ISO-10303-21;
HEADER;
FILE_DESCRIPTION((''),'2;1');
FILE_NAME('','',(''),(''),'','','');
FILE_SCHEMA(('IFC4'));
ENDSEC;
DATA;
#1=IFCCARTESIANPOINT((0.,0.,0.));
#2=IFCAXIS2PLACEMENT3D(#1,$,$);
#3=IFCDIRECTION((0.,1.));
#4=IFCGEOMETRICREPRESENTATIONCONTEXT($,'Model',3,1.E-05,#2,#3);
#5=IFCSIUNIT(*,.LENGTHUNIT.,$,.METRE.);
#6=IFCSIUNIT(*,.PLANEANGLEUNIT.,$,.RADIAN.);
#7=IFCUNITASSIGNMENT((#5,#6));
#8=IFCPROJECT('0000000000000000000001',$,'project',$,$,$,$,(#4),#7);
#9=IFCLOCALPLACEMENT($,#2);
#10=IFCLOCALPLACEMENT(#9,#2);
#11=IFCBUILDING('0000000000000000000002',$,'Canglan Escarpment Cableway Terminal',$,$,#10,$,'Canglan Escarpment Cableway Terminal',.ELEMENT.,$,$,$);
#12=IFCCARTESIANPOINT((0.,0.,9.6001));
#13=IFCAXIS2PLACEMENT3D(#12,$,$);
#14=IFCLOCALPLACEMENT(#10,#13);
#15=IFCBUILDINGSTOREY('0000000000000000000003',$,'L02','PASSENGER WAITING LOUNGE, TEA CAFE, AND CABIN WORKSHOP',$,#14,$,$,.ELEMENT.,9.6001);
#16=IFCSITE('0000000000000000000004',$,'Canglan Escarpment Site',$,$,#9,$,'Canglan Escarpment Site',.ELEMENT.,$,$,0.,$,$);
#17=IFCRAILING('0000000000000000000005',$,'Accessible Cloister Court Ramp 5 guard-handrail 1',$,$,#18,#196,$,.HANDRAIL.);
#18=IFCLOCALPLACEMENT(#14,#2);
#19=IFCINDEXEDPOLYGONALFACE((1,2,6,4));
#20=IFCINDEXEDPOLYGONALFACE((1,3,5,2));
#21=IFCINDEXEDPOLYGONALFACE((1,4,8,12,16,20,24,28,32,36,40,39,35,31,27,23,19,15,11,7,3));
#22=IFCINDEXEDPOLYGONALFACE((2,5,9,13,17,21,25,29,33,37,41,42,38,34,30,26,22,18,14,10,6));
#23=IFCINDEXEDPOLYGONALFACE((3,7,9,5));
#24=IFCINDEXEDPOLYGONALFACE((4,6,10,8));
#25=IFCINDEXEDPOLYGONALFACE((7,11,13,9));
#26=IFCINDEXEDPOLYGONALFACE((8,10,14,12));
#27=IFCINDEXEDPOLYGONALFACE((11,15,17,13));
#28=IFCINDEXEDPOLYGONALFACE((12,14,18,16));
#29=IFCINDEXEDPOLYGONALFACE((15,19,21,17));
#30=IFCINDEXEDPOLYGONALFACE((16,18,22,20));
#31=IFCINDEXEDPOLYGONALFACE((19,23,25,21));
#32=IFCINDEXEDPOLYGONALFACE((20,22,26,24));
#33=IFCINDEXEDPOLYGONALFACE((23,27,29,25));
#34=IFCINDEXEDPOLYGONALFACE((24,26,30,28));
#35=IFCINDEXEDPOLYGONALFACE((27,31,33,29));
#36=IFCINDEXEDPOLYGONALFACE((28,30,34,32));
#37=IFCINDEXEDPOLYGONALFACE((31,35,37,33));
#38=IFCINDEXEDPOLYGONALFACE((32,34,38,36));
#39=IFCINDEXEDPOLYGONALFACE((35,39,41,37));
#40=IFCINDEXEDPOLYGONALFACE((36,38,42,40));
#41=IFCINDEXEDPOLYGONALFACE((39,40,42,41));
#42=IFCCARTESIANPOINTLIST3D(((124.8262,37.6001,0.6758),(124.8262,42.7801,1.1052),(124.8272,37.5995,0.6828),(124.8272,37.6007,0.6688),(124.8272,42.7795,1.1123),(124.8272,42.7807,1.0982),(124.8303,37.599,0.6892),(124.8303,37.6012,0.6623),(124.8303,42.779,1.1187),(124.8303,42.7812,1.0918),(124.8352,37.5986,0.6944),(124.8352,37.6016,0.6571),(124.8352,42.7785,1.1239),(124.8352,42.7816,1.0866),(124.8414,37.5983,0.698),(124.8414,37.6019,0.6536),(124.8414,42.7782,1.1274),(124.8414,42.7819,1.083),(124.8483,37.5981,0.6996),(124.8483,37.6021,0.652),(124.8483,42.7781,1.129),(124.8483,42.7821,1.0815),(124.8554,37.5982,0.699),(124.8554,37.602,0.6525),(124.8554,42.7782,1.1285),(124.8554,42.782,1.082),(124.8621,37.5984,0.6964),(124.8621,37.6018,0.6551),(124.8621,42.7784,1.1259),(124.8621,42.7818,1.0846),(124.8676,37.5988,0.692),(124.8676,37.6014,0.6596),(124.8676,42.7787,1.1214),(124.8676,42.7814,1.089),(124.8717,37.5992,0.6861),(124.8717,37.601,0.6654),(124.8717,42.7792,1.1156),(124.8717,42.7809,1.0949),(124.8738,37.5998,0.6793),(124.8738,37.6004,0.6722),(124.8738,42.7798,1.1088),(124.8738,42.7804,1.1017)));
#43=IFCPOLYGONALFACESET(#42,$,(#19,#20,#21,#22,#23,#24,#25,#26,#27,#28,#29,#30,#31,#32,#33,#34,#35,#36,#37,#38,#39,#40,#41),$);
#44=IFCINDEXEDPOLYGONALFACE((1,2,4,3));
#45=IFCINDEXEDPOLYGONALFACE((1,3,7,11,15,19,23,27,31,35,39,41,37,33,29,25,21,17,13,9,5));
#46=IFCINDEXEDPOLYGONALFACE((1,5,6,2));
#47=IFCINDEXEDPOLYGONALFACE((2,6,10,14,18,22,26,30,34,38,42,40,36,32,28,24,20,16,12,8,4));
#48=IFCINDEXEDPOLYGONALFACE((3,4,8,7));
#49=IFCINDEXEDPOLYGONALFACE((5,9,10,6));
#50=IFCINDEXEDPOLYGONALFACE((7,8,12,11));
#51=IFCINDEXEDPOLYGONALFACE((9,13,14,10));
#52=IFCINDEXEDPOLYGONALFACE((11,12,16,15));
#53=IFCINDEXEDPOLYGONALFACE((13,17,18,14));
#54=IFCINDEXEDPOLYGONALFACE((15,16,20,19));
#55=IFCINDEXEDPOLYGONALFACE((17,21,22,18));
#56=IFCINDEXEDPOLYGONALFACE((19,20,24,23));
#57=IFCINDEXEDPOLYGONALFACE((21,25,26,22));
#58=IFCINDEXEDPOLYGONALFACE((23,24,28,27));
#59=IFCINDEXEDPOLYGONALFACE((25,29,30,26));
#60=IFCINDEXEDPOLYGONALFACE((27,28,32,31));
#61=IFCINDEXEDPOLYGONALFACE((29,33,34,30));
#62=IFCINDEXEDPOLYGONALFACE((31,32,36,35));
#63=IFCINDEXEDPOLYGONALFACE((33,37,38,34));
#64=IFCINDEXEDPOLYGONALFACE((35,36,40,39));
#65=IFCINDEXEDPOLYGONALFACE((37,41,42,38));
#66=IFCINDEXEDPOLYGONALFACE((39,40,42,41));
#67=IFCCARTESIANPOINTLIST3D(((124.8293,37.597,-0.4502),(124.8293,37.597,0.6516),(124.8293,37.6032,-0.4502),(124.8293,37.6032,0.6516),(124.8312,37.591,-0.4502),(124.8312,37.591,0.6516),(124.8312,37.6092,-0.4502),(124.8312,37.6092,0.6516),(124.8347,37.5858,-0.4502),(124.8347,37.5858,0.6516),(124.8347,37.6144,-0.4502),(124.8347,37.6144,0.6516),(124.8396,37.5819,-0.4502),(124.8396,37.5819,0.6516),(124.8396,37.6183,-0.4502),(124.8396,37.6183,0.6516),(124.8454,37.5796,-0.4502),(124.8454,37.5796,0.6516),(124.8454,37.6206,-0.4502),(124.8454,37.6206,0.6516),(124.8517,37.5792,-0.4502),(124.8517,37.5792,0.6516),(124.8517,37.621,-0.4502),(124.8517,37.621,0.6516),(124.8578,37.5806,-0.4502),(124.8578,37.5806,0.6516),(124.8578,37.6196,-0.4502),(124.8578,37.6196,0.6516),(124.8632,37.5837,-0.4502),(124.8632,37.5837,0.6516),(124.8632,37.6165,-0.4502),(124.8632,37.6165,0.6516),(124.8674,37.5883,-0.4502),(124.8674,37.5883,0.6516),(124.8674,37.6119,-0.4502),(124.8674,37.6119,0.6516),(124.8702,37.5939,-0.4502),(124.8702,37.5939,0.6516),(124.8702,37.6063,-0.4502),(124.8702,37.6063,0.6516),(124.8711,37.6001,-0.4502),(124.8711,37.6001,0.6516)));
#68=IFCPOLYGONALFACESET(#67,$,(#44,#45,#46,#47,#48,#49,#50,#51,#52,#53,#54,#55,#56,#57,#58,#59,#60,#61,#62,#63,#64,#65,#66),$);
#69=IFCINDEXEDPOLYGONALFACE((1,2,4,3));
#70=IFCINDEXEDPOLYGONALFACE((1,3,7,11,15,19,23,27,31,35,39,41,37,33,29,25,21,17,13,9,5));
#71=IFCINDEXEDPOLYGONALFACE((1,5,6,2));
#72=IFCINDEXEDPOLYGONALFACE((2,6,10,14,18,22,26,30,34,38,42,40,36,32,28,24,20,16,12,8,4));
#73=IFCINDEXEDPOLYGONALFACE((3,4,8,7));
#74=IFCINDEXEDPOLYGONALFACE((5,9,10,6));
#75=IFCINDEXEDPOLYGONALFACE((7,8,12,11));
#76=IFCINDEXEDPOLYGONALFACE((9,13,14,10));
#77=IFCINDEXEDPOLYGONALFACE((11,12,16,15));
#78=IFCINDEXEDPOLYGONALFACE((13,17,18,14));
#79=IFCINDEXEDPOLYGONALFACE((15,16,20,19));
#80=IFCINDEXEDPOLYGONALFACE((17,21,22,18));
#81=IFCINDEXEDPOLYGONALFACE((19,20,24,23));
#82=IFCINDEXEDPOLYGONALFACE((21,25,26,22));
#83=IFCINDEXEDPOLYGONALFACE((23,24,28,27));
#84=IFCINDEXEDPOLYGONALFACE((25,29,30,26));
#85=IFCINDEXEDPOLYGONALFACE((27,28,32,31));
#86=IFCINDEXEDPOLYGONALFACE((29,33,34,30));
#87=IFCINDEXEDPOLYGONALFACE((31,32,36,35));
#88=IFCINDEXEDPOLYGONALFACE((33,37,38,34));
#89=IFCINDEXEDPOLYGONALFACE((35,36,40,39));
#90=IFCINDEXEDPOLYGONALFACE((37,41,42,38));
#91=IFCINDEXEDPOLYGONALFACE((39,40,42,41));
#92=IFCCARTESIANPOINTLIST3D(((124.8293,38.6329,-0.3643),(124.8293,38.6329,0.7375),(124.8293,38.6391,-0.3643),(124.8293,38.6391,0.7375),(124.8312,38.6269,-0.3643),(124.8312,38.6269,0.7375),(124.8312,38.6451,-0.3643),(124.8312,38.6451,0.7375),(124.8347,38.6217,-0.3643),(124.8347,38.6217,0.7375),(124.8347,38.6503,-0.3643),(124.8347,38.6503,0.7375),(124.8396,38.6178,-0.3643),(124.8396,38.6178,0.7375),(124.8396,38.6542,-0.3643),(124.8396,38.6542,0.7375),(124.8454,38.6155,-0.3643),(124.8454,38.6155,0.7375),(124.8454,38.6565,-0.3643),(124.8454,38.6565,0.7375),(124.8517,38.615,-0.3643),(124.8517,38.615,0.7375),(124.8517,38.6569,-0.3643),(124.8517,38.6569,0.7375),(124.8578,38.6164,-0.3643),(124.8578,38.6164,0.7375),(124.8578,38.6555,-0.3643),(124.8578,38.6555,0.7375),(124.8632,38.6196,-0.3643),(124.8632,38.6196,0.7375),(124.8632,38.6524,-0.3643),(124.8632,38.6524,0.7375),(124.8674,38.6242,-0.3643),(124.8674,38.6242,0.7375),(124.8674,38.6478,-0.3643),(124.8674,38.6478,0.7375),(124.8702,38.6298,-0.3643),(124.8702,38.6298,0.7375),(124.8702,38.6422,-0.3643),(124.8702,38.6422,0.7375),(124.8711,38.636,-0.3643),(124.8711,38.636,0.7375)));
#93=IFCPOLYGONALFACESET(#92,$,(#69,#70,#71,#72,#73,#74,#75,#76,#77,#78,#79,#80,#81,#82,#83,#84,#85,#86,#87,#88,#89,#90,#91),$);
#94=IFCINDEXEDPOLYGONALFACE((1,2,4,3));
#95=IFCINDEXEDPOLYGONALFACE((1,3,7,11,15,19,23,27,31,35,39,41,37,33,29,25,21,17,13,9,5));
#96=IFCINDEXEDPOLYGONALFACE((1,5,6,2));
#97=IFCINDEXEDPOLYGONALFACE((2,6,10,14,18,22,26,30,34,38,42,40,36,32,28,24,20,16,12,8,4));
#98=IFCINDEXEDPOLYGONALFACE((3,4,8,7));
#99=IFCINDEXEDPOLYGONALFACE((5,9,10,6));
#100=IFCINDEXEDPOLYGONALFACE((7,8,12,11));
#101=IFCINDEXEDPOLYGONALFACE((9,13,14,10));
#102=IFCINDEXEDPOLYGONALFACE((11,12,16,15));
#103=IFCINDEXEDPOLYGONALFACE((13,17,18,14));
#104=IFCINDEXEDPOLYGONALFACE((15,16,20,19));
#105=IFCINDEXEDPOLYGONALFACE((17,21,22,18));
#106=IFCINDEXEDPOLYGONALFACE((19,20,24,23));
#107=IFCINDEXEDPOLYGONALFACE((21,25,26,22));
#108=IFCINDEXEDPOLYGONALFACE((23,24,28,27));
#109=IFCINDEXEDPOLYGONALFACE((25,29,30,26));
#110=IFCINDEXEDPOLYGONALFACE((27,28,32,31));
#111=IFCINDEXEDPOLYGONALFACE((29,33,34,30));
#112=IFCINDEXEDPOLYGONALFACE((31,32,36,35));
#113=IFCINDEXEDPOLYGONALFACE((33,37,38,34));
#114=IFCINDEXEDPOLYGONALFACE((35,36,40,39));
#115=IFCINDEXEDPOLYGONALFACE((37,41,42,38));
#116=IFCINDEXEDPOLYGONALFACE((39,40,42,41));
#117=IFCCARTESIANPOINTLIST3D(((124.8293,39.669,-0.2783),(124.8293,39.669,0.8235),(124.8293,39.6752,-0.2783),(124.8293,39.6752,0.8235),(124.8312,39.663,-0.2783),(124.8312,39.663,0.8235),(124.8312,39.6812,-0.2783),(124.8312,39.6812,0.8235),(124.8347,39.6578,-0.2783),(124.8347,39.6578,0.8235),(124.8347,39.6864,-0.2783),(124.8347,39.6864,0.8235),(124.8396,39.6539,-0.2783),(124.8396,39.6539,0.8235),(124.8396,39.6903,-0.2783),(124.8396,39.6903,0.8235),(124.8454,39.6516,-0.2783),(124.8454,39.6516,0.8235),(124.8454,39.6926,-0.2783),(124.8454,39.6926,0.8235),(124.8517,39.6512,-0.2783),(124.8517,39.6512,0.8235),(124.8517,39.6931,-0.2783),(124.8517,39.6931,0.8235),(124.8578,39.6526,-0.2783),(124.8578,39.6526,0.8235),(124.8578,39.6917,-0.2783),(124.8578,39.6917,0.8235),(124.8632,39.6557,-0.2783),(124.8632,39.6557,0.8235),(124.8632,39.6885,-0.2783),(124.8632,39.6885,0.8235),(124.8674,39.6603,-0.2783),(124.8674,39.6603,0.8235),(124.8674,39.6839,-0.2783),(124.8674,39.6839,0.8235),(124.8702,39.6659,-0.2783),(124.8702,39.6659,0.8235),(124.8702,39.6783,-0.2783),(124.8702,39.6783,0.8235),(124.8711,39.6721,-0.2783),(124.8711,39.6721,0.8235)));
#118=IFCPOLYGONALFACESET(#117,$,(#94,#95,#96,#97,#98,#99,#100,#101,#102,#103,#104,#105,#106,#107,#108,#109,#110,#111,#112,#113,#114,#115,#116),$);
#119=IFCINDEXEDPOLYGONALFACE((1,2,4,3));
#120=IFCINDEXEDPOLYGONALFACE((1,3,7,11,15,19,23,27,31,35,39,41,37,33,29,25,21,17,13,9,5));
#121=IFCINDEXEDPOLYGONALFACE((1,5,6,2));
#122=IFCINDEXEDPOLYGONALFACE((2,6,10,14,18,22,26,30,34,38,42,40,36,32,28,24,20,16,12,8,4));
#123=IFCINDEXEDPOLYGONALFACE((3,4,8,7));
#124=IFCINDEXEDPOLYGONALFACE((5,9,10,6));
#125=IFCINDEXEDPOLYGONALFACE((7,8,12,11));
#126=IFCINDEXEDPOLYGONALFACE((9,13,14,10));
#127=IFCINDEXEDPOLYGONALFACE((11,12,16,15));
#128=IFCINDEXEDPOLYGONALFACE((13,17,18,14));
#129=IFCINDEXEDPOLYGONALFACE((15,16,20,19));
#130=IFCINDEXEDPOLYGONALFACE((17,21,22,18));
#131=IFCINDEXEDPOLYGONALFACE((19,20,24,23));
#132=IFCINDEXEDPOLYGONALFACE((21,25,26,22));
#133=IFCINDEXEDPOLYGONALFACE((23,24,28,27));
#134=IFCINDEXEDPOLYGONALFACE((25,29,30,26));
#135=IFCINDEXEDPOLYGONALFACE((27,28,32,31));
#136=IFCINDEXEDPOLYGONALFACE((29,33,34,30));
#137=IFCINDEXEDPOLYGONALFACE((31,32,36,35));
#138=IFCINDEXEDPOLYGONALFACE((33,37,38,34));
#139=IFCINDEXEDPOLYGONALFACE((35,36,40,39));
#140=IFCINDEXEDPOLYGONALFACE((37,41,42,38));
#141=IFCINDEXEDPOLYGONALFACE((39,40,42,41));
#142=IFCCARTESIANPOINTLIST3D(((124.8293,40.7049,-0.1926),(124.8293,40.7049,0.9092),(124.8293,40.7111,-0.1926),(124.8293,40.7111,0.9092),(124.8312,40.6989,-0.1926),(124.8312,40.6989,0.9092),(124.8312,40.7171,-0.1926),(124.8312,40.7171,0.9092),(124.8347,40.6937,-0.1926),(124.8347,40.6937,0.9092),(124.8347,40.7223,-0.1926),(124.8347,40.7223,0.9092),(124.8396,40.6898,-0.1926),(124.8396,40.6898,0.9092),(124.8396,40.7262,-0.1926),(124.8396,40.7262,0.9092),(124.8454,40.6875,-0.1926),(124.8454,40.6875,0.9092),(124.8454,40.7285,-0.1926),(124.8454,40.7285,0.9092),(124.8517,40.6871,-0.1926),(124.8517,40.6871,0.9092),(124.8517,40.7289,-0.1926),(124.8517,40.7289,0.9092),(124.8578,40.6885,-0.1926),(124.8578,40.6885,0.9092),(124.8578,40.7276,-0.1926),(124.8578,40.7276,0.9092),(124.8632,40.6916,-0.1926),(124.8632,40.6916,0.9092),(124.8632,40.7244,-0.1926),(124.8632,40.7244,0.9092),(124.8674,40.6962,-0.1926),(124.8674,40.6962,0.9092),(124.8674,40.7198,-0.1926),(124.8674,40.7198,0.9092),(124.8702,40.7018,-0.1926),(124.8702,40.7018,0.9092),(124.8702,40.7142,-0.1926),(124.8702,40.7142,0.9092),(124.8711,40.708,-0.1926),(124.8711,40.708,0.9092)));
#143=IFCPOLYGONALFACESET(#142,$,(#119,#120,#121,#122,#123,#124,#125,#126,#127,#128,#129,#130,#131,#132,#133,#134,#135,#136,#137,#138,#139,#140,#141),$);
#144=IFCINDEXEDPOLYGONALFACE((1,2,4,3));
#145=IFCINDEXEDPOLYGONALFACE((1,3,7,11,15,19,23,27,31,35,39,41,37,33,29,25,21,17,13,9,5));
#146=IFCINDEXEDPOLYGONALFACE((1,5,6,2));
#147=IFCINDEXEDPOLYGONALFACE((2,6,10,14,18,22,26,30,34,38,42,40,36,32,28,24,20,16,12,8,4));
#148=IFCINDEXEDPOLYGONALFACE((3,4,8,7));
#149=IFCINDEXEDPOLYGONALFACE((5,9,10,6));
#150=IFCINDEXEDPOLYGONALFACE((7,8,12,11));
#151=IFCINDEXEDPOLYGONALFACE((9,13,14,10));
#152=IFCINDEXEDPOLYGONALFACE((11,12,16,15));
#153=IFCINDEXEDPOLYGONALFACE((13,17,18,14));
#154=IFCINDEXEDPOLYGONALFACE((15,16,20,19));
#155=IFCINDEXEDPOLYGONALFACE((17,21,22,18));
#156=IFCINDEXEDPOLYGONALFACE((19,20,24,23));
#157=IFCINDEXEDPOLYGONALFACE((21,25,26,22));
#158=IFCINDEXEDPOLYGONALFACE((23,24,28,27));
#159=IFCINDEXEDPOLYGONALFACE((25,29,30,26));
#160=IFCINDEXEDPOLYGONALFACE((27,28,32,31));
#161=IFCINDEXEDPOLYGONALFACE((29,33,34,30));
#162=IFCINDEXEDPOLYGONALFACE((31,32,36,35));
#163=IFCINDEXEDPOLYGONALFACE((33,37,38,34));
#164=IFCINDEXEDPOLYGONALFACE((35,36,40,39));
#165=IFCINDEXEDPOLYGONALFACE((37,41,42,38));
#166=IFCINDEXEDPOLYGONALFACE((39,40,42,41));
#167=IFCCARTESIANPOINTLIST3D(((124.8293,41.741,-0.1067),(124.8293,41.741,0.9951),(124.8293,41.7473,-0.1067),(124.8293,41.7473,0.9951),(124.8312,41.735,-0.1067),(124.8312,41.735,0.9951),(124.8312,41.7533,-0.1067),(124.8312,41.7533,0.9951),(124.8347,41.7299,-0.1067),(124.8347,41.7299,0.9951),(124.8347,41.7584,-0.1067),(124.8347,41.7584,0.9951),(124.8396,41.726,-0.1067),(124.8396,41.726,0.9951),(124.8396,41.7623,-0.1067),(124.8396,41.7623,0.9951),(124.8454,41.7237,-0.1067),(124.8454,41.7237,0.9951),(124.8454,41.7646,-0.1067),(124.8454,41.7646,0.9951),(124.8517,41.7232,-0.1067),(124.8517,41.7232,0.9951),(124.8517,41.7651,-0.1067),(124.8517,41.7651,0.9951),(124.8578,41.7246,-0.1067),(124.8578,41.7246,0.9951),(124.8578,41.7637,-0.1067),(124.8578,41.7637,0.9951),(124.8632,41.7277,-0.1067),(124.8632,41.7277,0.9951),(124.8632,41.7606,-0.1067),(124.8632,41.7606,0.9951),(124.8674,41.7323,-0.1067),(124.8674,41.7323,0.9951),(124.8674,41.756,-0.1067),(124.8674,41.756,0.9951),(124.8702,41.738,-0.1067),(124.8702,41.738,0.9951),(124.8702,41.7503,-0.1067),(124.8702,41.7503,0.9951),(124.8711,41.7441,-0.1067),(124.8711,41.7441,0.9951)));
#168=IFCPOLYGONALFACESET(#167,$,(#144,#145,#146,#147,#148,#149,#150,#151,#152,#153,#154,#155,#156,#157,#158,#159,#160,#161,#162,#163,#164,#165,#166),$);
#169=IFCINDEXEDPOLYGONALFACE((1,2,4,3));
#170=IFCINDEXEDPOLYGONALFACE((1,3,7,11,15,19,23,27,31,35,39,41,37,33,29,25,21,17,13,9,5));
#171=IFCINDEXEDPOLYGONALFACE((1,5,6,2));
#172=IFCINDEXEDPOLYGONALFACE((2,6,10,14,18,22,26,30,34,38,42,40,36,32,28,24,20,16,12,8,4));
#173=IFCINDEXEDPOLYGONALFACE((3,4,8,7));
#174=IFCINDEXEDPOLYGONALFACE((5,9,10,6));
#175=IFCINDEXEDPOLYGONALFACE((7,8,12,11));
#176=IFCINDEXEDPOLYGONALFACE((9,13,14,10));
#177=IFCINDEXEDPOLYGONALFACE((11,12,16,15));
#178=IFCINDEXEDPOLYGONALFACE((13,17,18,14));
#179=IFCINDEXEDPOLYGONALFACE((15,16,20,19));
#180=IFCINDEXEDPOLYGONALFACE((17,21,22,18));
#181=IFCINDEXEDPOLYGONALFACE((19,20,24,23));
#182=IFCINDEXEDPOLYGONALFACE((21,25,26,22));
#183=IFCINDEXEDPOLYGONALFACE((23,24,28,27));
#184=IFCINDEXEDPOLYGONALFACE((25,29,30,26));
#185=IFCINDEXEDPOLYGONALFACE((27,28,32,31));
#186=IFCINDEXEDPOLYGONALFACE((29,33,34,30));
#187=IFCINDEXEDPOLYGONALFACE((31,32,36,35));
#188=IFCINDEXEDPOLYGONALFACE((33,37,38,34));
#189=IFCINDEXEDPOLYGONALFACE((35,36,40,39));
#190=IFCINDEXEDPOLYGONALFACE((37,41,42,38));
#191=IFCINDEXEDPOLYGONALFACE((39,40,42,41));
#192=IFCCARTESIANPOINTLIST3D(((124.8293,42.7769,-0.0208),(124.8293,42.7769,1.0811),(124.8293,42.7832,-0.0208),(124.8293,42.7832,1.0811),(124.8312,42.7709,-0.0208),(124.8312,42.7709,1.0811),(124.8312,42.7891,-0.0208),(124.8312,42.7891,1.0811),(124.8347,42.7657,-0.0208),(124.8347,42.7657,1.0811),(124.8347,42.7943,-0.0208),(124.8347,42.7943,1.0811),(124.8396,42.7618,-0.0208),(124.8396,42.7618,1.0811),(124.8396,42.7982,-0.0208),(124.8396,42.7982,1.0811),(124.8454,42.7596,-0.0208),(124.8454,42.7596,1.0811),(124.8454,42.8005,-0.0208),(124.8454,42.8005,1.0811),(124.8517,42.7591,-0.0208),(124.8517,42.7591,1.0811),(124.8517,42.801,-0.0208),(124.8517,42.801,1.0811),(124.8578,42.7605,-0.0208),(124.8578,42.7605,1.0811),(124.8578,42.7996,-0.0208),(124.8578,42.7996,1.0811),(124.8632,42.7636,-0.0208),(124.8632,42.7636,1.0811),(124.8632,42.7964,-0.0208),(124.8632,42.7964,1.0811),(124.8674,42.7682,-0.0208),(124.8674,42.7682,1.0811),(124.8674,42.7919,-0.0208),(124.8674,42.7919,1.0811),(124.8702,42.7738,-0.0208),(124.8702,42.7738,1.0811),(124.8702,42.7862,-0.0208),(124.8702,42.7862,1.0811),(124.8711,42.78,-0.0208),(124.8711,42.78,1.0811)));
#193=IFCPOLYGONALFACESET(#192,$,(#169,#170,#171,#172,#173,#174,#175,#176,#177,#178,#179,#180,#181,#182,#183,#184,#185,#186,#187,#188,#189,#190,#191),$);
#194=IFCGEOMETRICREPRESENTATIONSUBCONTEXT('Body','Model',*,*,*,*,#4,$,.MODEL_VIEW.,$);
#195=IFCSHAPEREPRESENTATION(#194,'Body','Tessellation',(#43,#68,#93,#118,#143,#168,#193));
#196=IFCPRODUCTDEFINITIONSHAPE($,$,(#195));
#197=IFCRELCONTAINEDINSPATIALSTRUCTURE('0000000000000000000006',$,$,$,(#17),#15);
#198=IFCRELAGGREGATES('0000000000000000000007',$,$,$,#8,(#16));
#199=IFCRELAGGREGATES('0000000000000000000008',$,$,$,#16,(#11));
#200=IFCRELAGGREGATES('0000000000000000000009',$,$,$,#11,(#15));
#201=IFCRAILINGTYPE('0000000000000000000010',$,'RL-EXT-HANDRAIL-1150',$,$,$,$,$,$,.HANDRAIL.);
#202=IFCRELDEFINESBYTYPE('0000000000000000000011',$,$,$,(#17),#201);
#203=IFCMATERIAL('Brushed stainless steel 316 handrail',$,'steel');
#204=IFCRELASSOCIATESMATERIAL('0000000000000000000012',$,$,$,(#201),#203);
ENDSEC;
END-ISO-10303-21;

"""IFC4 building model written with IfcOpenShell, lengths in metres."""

from ifc_helpers import new_model, si_unit, direction, frame, origin, origin_2d, place, context, subcontext, project, spatial, circle, extrude, material, type_object, element, save


model = new_model("IFC4")

# Units and contexts
model_context = context("Model", 3, precision=1e-05, world=origin(), true_north=direction((0.0, 1.0)))
body_context = subcontext(model_context, "Body", "Model", "MODEL_VIEW")
ifc_project = project(units=[si_unit("LENGTHUNIT", "METRE"), si_unit("PLANEANGLEUNIT", "RADIAN")], contexts=[model_context])

# Site, building, storey
site_placement = place(None, origin())
site = spatial("IfcSite", under=ifc_project, at=site_placement, Name="Canglan Escarpment Site", LongName="Canglan Escarpment Site", CompositionType="ELEMENT", RefElevation=0.0)
building_placement = place(site_placement, origin())
building = spatial("IfcBuilding", under=site, at=building_placement, Name="Canglan Escarpment Cableway Terminal", LongName="Canglan Escarpment Cableway Terminal", CompositionType="ELEMENT")
storey_placement = place(building_placement, frame((0.0, 0.0, 9.6001)))
storey = spatial("IfcBuildingStorey", under=building, at=storey_placement, Name="L02", Description="PASSENGER WAITING LOUNGE, TEA CAFE, AND CABIN WORKSHOP", CompositionType="ELEMENT", Elevation=9.6001)

# Railing
ifc_material_1 = material(Name="Brushed stainless steel 316 handrail", Category="steel")
railing_type_1 = type_object("IfcRailingType", Name="RL-EXT-HANDRAIL-1150", PredefinedType="HANDRAIL", material=ifc_material_1)
for number, where, name in (
    (1, (124.8501, 37.6001, -0.4502), "Accessible Cloister Court Ramp 5 guard-handrail 1"),
):
    element("IfcRailing", number, at=place(storey_placement, frame(where)), inside=storey, type_object=railing_type_1, Name=name, PredefinedType="HANDRAIL", context=body_context, shape_type="SweptSolid", body=[
        extrude(circle(Radius=0.0239, at=origin_2d()), frame((0.0, 0.0, 1.126), z_axis=(0.0, 0.996581, 0.082622), x_axis=(-1.0, 0.0, 0.0)), (0.0, 0.0, 1.0), 5.1978),
        extrude(circle(Radius=0.021, at=origin_2d()), origin(), (0.0, 0.0, 1.0), 1.1018),
        extrude(circle(Radius=0.021, at=origin_2d()), frame((0.0, 1.0359, 0.0859)), (0.0, 0.0, 1.0), 1.1018),
        extrude(circle(Radius=0.021, at=origin_2d()), frame((0.0, 2.072, 0.1719)), (0.0, 0.0, 1.0), 1.1018),
        extrude(circle(Radius=0.021, at=origin_2d()), frame((0.0, 3.1079, 0.2576)), (0.0, 0.0, 1.0), 1.1018),
        extrude(circle(Radius=0.021, at=origin_2d()), frame((0.0, 4.144, 0.3435)), (0.0, 0.0, 1.0), 1.1018),
        extrude(circle(Radius=0.021, at=origin_2d()), frame((0.0, 5.1799, 0.4294)), (0.0, 0.0, 1.0), 1.1018),
    ])

save(model, "model.ifc")
